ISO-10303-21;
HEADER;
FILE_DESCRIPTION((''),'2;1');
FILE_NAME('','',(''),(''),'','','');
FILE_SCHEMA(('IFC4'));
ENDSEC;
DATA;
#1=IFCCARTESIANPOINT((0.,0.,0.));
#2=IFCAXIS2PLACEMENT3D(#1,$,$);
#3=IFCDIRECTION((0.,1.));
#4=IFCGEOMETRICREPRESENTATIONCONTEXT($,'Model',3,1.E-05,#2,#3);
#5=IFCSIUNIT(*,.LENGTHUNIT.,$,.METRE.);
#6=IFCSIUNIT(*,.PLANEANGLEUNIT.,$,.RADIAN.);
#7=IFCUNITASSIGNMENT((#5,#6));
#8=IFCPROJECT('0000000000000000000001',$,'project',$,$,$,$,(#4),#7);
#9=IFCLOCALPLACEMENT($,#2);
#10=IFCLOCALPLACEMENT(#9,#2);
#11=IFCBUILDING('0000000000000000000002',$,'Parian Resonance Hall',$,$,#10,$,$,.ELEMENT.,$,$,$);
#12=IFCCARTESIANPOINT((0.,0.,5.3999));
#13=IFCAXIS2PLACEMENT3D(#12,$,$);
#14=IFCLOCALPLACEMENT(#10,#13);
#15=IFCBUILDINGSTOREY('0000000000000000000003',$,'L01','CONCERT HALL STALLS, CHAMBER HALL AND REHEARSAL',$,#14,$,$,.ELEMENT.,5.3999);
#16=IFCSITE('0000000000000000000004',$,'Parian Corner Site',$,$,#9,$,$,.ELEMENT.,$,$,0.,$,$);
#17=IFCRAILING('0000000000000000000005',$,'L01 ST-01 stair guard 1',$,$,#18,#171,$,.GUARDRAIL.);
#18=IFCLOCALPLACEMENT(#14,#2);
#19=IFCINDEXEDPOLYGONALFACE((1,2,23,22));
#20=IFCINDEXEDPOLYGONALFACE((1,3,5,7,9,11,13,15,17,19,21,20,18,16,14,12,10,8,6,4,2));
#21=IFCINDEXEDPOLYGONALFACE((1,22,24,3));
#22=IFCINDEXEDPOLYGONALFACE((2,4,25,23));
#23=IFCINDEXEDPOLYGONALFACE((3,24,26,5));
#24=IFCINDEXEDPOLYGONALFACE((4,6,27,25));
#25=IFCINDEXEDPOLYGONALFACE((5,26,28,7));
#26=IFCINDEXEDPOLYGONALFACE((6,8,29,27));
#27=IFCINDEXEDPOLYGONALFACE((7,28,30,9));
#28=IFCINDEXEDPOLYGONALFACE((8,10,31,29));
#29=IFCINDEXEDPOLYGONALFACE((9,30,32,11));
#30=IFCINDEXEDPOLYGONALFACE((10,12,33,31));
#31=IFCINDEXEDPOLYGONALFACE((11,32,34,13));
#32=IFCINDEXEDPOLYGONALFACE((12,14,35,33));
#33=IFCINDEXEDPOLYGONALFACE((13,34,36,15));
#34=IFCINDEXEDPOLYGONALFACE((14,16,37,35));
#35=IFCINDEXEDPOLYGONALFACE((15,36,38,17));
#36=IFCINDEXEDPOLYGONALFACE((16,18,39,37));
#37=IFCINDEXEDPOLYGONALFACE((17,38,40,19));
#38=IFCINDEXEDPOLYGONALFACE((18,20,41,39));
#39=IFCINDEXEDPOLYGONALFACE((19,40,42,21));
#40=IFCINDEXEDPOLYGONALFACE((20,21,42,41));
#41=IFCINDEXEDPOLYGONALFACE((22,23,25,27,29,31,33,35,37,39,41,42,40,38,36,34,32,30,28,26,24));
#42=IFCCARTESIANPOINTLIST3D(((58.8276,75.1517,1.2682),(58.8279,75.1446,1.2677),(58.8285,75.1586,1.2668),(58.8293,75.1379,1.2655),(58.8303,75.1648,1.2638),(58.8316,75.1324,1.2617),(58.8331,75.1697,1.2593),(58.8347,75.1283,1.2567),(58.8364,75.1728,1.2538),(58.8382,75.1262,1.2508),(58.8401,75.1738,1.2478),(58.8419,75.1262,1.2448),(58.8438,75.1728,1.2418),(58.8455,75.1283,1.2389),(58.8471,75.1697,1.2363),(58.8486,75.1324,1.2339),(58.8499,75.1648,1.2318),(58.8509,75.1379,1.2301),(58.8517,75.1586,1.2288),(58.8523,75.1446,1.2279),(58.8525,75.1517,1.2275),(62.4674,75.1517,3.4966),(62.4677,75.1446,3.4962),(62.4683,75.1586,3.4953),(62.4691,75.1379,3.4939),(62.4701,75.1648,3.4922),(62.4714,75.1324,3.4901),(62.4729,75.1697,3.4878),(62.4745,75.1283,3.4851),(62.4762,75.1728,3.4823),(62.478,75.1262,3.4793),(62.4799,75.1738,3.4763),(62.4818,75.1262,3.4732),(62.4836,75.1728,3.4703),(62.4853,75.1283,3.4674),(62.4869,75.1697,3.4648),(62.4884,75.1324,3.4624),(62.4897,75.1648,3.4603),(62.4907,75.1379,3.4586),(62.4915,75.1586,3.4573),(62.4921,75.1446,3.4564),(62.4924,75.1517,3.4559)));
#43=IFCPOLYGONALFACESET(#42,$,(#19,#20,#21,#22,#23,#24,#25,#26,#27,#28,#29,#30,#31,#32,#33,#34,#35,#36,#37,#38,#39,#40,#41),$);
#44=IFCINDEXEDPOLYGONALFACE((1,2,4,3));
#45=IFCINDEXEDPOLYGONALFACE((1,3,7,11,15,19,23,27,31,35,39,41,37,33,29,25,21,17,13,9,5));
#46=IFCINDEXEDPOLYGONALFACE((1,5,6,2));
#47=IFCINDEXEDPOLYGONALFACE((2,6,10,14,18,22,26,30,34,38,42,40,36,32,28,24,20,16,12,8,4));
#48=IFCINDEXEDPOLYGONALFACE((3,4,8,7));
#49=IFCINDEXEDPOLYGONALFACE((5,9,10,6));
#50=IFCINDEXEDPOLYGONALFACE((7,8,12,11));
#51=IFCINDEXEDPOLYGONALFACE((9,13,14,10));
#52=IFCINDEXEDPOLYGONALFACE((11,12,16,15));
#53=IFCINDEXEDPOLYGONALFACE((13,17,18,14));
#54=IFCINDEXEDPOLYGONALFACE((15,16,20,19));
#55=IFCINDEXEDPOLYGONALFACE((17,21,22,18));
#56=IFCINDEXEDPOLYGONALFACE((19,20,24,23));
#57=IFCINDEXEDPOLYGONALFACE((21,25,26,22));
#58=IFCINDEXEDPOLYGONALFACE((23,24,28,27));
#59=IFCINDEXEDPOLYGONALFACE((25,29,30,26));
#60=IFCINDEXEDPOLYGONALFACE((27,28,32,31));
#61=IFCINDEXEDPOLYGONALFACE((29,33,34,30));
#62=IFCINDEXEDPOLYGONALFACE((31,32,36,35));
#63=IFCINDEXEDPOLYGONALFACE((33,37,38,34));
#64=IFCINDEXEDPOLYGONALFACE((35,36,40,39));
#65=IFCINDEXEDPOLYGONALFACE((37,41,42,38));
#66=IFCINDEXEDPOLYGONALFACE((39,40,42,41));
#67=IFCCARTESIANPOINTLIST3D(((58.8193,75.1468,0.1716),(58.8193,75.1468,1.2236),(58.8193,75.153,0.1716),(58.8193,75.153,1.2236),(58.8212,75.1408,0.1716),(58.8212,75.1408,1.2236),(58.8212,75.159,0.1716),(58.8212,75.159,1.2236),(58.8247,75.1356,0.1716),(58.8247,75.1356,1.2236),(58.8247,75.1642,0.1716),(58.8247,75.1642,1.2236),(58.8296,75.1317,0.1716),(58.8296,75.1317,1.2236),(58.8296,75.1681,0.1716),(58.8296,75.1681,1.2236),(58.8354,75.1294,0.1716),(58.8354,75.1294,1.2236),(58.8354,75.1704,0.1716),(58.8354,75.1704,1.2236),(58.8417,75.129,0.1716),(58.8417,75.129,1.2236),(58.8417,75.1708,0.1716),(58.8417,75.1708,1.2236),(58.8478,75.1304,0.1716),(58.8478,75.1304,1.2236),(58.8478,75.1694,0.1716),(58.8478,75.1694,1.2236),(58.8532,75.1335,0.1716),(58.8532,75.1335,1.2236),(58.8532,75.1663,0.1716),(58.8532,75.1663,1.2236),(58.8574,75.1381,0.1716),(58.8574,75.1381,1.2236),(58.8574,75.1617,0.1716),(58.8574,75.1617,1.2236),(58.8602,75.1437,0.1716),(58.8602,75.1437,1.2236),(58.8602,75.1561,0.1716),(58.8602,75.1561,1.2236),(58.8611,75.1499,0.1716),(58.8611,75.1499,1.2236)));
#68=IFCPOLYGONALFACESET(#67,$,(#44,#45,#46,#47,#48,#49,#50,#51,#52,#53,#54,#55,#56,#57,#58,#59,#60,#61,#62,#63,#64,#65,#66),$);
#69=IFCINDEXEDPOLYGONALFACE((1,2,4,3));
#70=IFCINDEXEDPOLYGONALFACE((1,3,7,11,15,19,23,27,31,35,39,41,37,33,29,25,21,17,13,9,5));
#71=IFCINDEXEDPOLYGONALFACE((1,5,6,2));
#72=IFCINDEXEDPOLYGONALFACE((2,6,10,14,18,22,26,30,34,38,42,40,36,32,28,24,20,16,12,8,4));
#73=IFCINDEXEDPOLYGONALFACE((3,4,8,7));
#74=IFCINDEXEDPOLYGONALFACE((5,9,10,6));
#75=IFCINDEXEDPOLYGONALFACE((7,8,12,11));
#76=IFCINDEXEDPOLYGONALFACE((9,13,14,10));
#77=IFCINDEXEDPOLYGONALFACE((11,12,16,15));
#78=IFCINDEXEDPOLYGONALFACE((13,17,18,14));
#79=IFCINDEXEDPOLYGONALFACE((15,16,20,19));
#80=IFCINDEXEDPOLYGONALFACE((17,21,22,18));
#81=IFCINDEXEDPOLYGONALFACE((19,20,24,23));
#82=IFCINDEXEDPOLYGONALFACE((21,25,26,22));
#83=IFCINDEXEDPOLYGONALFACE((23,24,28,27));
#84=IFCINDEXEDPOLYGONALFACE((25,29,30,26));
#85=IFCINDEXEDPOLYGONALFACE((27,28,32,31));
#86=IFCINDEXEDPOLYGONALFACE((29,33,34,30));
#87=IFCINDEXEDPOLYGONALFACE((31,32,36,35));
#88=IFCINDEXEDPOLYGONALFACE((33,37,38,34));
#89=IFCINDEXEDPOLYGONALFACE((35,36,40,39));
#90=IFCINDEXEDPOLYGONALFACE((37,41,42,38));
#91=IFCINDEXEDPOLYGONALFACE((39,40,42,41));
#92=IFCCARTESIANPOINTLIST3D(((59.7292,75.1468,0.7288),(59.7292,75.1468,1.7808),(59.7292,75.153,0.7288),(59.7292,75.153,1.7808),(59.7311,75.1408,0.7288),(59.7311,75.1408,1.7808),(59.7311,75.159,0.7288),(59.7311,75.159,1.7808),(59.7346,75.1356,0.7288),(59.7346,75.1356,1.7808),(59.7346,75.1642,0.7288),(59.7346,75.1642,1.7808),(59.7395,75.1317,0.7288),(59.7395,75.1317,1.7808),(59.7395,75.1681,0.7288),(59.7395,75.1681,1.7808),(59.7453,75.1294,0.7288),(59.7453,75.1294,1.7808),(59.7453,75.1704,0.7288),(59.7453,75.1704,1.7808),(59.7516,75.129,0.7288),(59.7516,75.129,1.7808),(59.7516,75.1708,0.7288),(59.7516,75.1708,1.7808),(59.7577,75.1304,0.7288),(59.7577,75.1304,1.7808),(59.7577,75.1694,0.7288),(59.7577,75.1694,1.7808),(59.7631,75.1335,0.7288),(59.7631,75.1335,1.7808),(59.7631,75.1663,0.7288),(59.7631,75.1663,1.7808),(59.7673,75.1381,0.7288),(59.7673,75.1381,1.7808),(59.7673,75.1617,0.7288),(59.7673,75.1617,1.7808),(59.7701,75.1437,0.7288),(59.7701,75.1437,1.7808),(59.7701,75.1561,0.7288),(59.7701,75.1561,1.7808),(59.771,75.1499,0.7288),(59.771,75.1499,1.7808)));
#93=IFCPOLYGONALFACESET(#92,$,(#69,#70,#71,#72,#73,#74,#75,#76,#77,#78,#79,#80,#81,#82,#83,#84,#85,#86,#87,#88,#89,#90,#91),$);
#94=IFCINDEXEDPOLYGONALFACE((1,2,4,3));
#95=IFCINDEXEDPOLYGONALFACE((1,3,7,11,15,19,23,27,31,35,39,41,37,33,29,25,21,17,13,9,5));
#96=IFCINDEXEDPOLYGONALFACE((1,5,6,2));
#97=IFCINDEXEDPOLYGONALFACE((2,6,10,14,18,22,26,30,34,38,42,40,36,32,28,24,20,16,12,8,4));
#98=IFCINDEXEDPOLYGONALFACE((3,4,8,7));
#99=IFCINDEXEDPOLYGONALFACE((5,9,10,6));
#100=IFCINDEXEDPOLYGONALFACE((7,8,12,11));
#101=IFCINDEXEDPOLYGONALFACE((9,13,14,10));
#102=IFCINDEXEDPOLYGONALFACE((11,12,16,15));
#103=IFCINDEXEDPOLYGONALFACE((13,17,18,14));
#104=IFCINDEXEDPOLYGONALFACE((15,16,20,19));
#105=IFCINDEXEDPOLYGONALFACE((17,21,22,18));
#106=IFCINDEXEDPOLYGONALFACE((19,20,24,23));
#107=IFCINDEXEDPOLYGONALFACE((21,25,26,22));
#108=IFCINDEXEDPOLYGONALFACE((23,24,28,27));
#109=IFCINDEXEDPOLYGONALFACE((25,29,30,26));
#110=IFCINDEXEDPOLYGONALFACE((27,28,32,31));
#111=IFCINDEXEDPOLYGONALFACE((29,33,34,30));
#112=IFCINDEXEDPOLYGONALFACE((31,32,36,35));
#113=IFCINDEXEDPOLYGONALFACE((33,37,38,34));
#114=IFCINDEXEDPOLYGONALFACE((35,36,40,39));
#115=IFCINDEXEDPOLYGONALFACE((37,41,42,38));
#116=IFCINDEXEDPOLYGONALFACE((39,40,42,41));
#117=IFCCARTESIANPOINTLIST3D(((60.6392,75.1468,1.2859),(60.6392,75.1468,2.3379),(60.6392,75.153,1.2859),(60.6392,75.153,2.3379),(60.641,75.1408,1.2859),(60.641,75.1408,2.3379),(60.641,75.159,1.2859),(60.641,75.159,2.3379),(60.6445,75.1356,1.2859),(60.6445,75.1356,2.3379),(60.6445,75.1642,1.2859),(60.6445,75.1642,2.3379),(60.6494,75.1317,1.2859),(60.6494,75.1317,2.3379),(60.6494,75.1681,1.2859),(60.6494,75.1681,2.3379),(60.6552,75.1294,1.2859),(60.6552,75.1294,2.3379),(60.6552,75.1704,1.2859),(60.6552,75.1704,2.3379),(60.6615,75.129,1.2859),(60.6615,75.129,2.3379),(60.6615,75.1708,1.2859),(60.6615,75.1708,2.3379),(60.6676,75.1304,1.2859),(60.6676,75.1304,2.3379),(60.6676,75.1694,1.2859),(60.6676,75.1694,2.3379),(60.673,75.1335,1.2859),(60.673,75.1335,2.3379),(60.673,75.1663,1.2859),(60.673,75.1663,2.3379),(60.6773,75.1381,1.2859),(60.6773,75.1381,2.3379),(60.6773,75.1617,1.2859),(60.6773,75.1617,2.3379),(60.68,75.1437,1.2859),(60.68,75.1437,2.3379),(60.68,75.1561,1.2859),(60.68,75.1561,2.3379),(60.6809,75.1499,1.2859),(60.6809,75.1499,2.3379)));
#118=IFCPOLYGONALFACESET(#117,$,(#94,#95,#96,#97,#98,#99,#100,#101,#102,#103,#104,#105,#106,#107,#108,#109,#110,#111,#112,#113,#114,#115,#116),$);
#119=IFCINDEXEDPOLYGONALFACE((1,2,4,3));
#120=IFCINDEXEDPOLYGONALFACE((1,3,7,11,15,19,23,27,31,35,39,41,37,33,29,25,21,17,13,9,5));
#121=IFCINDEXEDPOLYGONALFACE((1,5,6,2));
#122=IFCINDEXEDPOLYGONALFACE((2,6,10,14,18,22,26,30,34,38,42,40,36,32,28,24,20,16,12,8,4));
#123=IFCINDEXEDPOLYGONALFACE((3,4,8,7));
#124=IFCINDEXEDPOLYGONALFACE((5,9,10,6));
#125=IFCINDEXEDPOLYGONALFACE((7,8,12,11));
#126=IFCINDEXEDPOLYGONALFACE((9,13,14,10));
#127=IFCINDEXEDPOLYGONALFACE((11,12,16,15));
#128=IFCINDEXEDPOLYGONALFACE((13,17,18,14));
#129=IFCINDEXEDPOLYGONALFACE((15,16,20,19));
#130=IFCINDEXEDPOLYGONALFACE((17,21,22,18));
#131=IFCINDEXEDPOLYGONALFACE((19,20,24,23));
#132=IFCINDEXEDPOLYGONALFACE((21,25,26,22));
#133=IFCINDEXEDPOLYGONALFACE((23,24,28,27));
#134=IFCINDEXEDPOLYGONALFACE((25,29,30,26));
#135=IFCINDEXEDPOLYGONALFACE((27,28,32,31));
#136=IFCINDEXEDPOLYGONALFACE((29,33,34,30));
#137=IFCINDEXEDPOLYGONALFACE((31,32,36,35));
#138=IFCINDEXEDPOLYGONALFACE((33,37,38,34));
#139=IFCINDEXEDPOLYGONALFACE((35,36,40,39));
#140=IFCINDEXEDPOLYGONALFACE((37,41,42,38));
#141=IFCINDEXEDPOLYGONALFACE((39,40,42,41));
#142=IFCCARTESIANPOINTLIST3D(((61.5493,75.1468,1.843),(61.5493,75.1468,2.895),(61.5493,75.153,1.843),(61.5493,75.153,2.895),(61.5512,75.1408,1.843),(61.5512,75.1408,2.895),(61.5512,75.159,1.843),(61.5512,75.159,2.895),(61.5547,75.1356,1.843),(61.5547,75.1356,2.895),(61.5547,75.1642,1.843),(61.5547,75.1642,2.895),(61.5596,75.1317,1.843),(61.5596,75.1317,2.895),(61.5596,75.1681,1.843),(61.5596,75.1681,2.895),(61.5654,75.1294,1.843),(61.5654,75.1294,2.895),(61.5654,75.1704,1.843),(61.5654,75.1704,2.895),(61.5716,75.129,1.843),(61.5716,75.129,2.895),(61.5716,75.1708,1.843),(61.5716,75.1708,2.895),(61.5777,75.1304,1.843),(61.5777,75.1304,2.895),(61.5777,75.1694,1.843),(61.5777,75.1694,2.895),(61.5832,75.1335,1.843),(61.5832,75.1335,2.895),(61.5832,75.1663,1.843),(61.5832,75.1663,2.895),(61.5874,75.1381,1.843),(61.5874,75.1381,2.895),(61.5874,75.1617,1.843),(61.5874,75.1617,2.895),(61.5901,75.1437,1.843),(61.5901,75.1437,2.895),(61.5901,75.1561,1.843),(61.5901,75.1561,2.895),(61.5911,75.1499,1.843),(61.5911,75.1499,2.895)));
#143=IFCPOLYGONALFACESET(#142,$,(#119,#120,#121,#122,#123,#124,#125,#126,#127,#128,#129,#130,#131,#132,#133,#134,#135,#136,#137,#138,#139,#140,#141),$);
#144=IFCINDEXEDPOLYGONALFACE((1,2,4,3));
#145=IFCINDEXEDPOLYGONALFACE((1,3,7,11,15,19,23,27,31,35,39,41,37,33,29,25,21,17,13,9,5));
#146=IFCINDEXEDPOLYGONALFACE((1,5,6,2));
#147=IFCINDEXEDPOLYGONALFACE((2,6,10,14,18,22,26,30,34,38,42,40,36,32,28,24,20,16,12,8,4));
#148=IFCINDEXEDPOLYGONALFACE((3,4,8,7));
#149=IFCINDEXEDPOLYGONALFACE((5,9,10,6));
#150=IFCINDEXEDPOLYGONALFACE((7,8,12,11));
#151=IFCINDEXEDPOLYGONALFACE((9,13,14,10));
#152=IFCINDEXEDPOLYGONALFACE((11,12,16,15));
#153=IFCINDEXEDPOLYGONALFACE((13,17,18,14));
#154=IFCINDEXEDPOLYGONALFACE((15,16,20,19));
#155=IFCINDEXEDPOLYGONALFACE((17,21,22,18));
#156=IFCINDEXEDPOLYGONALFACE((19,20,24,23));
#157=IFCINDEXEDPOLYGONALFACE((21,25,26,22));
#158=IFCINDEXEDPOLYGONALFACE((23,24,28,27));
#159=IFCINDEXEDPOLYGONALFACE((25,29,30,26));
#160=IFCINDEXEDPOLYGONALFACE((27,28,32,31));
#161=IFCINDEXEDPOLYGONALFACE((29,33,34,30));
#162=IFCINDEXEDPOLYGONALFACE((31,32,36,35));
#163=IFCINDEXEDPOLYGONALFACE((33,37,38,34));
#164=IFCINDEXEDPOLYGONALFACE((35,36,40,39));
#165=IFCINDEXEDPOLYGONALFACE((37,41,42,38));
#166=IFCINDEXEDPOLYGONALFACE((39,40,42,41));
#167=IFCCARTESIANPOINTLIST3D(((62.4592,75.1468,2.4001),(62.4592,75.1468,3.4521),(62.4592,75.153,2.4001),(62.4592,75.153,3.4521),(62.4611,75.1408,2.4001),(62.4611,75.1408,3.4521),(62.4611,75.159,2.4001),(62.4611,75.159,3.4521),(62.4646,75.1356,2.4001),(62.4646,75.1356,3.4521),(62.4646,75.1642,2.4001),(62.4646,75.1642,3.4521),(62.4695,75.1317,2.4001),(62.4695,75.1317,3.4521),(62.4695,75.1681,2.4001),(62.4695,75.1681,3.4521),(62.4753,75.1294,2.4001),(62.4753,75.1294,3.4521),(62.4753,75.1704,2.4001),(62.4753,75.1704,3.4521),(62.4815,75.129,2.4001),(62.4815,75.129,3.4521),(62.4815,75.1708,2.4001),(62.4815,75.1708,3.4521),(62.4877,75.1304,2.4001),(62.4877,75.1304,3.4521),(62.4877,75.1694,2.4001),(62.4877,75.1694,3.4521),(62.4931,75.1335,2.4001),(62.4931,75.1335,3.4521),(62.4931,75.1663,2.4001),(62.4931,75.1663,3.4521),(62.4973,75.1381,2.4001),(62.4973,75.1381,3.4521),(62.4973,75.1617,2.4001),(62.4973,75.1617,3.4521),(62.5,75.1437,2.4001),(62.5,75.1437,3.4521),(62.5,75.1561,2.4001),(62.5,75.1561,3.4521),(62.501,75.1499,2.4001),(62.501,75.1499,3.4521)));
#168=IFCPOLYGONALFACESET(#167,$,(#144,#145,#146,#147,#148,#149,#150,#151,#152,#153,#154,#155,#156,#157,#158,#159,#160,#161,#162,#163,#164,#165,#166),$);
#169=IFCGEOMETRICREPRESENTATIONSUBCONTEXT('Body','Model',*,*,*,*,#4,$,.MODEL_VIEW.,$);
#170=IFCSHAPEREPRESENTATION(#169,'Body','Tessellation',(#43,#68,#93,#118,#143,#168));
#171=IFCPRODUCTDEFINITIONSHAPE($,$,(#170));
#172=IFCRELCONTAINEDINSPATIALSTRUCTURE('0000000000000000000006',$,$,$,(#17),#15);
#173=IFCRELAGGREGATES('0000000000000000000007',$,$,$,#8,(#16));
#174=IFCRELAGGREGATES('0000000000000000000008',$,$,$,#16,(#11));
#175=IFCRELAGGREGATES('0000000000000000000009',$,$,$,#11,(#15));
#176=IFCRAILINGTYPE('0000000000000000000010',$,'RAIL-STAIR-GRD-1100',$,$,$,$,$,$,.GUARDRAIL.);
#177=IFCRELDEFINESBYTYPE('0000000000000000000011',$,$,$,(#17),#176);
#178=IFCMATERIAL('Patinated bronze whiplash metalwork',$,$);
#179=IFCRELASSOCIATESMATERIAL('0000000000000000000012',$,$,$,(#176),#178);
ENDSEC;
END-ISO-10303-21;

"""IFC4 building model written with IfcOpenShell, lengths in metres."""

from ifc_helpers import new_model, si_unit, direction, frame, origin, origin_2d, place, context, subcontext, project, spatial, circle, extrude, material, type_object, element, save


model = new_model("IFC4")

# Units and contexts
model_context = context("Model", 3, precision=1e-05, world=origin(), true_north=direction((0.0, 1.0)))
body_context = subcontext(model_context, "Body", "Model", "MODEL_VIEW")
ifc_project = project(units=[si_unit("LENGTHUNIT", "METRE"), si_unit("PLANEANGLEUNIT", "RADIAN")], contexts=[model_context])

# Site, building, storey
site_placement = place(None, origin())
site = spatial("IfcSite", under=ifc_project, at=site_placement, Name="Parian Corner Site", CompositionType="ELEMENT", RefElevation=0.0)
building_placement = place(site_placement, origin())
building = spatial("IfcBuilding", under=site, at=building_placement, Name="Parian Resonance Hall", CompositionType="ELEMENT")
storey_placement = place(building_placement, frame((0.0, 0.0, 5.3999)))
storey = spatial("IfcBuildingStorey", under=building, at=storey_placement, Name="L01", Description="CONCERT HALL STALLS, CHAMBER HALL AND REHEARSAL", CompositionType="ELEMENT", Elevation=5.3999)

# Railing
ifc_material_1 = material(Name="Patinated bronze whiplash metalwork")
railing_type_1 = type_object("IfcRailingType", Name="RAIL-STAIR-GRD-1100", PredefinedType="GUARDRAIL", material=ifc_material_1)
railing_1_placement = place(storey_placement, frame((58.8401, 75.1499, 0.1716)))
element("IfcRailing", 1, at=railing_1_placement, inside=storey, type_object=railing_type_1, Name="L01 ST-01 stair guard 1", PredefinedType="GUARDRAIL", context=body_context, shape_type="SweptSolid", body=[
    extrude(circle(Radius=0.0239, at=origin_2d()), frame((0.0, 0.0, 1.0762), z_axis=(0.85285, 0.0, 0.522156), x_axis=(0.0, 1.0, 0.0)), (0.0, 0.0, 1.0), 4.2678),
    extrude(circle(Radius=0.021, at=origin_2d()), origin(), (0.0, 0.0, 1.0), 1.052),
    extrude(circle(Radius=0.021, at=origin_2d()), frame((0.9099, 0.0, 0.5571)), (0.0, 0.0, 1.0), 1.052),
    extrude(circle(Radius=0.021, at=origin_2d()), frame((1.8198, 0.0, 1.1143)), (0.0, 0.0, 1.0), 1.052),
    extrude(circle(Radius=0.021, at=origin_2d()), frame((2.73, 0.0, 1.6714)), (0.0, 0.0, 1.0), 1.052),
    extrude(circle(Radius=0.021, at=origin_2d()), frame((3.6399, 0.0, 2.2285)), (0.0, 0.0, 1.0), 1.052),
])

save(model, "model.ifc")
